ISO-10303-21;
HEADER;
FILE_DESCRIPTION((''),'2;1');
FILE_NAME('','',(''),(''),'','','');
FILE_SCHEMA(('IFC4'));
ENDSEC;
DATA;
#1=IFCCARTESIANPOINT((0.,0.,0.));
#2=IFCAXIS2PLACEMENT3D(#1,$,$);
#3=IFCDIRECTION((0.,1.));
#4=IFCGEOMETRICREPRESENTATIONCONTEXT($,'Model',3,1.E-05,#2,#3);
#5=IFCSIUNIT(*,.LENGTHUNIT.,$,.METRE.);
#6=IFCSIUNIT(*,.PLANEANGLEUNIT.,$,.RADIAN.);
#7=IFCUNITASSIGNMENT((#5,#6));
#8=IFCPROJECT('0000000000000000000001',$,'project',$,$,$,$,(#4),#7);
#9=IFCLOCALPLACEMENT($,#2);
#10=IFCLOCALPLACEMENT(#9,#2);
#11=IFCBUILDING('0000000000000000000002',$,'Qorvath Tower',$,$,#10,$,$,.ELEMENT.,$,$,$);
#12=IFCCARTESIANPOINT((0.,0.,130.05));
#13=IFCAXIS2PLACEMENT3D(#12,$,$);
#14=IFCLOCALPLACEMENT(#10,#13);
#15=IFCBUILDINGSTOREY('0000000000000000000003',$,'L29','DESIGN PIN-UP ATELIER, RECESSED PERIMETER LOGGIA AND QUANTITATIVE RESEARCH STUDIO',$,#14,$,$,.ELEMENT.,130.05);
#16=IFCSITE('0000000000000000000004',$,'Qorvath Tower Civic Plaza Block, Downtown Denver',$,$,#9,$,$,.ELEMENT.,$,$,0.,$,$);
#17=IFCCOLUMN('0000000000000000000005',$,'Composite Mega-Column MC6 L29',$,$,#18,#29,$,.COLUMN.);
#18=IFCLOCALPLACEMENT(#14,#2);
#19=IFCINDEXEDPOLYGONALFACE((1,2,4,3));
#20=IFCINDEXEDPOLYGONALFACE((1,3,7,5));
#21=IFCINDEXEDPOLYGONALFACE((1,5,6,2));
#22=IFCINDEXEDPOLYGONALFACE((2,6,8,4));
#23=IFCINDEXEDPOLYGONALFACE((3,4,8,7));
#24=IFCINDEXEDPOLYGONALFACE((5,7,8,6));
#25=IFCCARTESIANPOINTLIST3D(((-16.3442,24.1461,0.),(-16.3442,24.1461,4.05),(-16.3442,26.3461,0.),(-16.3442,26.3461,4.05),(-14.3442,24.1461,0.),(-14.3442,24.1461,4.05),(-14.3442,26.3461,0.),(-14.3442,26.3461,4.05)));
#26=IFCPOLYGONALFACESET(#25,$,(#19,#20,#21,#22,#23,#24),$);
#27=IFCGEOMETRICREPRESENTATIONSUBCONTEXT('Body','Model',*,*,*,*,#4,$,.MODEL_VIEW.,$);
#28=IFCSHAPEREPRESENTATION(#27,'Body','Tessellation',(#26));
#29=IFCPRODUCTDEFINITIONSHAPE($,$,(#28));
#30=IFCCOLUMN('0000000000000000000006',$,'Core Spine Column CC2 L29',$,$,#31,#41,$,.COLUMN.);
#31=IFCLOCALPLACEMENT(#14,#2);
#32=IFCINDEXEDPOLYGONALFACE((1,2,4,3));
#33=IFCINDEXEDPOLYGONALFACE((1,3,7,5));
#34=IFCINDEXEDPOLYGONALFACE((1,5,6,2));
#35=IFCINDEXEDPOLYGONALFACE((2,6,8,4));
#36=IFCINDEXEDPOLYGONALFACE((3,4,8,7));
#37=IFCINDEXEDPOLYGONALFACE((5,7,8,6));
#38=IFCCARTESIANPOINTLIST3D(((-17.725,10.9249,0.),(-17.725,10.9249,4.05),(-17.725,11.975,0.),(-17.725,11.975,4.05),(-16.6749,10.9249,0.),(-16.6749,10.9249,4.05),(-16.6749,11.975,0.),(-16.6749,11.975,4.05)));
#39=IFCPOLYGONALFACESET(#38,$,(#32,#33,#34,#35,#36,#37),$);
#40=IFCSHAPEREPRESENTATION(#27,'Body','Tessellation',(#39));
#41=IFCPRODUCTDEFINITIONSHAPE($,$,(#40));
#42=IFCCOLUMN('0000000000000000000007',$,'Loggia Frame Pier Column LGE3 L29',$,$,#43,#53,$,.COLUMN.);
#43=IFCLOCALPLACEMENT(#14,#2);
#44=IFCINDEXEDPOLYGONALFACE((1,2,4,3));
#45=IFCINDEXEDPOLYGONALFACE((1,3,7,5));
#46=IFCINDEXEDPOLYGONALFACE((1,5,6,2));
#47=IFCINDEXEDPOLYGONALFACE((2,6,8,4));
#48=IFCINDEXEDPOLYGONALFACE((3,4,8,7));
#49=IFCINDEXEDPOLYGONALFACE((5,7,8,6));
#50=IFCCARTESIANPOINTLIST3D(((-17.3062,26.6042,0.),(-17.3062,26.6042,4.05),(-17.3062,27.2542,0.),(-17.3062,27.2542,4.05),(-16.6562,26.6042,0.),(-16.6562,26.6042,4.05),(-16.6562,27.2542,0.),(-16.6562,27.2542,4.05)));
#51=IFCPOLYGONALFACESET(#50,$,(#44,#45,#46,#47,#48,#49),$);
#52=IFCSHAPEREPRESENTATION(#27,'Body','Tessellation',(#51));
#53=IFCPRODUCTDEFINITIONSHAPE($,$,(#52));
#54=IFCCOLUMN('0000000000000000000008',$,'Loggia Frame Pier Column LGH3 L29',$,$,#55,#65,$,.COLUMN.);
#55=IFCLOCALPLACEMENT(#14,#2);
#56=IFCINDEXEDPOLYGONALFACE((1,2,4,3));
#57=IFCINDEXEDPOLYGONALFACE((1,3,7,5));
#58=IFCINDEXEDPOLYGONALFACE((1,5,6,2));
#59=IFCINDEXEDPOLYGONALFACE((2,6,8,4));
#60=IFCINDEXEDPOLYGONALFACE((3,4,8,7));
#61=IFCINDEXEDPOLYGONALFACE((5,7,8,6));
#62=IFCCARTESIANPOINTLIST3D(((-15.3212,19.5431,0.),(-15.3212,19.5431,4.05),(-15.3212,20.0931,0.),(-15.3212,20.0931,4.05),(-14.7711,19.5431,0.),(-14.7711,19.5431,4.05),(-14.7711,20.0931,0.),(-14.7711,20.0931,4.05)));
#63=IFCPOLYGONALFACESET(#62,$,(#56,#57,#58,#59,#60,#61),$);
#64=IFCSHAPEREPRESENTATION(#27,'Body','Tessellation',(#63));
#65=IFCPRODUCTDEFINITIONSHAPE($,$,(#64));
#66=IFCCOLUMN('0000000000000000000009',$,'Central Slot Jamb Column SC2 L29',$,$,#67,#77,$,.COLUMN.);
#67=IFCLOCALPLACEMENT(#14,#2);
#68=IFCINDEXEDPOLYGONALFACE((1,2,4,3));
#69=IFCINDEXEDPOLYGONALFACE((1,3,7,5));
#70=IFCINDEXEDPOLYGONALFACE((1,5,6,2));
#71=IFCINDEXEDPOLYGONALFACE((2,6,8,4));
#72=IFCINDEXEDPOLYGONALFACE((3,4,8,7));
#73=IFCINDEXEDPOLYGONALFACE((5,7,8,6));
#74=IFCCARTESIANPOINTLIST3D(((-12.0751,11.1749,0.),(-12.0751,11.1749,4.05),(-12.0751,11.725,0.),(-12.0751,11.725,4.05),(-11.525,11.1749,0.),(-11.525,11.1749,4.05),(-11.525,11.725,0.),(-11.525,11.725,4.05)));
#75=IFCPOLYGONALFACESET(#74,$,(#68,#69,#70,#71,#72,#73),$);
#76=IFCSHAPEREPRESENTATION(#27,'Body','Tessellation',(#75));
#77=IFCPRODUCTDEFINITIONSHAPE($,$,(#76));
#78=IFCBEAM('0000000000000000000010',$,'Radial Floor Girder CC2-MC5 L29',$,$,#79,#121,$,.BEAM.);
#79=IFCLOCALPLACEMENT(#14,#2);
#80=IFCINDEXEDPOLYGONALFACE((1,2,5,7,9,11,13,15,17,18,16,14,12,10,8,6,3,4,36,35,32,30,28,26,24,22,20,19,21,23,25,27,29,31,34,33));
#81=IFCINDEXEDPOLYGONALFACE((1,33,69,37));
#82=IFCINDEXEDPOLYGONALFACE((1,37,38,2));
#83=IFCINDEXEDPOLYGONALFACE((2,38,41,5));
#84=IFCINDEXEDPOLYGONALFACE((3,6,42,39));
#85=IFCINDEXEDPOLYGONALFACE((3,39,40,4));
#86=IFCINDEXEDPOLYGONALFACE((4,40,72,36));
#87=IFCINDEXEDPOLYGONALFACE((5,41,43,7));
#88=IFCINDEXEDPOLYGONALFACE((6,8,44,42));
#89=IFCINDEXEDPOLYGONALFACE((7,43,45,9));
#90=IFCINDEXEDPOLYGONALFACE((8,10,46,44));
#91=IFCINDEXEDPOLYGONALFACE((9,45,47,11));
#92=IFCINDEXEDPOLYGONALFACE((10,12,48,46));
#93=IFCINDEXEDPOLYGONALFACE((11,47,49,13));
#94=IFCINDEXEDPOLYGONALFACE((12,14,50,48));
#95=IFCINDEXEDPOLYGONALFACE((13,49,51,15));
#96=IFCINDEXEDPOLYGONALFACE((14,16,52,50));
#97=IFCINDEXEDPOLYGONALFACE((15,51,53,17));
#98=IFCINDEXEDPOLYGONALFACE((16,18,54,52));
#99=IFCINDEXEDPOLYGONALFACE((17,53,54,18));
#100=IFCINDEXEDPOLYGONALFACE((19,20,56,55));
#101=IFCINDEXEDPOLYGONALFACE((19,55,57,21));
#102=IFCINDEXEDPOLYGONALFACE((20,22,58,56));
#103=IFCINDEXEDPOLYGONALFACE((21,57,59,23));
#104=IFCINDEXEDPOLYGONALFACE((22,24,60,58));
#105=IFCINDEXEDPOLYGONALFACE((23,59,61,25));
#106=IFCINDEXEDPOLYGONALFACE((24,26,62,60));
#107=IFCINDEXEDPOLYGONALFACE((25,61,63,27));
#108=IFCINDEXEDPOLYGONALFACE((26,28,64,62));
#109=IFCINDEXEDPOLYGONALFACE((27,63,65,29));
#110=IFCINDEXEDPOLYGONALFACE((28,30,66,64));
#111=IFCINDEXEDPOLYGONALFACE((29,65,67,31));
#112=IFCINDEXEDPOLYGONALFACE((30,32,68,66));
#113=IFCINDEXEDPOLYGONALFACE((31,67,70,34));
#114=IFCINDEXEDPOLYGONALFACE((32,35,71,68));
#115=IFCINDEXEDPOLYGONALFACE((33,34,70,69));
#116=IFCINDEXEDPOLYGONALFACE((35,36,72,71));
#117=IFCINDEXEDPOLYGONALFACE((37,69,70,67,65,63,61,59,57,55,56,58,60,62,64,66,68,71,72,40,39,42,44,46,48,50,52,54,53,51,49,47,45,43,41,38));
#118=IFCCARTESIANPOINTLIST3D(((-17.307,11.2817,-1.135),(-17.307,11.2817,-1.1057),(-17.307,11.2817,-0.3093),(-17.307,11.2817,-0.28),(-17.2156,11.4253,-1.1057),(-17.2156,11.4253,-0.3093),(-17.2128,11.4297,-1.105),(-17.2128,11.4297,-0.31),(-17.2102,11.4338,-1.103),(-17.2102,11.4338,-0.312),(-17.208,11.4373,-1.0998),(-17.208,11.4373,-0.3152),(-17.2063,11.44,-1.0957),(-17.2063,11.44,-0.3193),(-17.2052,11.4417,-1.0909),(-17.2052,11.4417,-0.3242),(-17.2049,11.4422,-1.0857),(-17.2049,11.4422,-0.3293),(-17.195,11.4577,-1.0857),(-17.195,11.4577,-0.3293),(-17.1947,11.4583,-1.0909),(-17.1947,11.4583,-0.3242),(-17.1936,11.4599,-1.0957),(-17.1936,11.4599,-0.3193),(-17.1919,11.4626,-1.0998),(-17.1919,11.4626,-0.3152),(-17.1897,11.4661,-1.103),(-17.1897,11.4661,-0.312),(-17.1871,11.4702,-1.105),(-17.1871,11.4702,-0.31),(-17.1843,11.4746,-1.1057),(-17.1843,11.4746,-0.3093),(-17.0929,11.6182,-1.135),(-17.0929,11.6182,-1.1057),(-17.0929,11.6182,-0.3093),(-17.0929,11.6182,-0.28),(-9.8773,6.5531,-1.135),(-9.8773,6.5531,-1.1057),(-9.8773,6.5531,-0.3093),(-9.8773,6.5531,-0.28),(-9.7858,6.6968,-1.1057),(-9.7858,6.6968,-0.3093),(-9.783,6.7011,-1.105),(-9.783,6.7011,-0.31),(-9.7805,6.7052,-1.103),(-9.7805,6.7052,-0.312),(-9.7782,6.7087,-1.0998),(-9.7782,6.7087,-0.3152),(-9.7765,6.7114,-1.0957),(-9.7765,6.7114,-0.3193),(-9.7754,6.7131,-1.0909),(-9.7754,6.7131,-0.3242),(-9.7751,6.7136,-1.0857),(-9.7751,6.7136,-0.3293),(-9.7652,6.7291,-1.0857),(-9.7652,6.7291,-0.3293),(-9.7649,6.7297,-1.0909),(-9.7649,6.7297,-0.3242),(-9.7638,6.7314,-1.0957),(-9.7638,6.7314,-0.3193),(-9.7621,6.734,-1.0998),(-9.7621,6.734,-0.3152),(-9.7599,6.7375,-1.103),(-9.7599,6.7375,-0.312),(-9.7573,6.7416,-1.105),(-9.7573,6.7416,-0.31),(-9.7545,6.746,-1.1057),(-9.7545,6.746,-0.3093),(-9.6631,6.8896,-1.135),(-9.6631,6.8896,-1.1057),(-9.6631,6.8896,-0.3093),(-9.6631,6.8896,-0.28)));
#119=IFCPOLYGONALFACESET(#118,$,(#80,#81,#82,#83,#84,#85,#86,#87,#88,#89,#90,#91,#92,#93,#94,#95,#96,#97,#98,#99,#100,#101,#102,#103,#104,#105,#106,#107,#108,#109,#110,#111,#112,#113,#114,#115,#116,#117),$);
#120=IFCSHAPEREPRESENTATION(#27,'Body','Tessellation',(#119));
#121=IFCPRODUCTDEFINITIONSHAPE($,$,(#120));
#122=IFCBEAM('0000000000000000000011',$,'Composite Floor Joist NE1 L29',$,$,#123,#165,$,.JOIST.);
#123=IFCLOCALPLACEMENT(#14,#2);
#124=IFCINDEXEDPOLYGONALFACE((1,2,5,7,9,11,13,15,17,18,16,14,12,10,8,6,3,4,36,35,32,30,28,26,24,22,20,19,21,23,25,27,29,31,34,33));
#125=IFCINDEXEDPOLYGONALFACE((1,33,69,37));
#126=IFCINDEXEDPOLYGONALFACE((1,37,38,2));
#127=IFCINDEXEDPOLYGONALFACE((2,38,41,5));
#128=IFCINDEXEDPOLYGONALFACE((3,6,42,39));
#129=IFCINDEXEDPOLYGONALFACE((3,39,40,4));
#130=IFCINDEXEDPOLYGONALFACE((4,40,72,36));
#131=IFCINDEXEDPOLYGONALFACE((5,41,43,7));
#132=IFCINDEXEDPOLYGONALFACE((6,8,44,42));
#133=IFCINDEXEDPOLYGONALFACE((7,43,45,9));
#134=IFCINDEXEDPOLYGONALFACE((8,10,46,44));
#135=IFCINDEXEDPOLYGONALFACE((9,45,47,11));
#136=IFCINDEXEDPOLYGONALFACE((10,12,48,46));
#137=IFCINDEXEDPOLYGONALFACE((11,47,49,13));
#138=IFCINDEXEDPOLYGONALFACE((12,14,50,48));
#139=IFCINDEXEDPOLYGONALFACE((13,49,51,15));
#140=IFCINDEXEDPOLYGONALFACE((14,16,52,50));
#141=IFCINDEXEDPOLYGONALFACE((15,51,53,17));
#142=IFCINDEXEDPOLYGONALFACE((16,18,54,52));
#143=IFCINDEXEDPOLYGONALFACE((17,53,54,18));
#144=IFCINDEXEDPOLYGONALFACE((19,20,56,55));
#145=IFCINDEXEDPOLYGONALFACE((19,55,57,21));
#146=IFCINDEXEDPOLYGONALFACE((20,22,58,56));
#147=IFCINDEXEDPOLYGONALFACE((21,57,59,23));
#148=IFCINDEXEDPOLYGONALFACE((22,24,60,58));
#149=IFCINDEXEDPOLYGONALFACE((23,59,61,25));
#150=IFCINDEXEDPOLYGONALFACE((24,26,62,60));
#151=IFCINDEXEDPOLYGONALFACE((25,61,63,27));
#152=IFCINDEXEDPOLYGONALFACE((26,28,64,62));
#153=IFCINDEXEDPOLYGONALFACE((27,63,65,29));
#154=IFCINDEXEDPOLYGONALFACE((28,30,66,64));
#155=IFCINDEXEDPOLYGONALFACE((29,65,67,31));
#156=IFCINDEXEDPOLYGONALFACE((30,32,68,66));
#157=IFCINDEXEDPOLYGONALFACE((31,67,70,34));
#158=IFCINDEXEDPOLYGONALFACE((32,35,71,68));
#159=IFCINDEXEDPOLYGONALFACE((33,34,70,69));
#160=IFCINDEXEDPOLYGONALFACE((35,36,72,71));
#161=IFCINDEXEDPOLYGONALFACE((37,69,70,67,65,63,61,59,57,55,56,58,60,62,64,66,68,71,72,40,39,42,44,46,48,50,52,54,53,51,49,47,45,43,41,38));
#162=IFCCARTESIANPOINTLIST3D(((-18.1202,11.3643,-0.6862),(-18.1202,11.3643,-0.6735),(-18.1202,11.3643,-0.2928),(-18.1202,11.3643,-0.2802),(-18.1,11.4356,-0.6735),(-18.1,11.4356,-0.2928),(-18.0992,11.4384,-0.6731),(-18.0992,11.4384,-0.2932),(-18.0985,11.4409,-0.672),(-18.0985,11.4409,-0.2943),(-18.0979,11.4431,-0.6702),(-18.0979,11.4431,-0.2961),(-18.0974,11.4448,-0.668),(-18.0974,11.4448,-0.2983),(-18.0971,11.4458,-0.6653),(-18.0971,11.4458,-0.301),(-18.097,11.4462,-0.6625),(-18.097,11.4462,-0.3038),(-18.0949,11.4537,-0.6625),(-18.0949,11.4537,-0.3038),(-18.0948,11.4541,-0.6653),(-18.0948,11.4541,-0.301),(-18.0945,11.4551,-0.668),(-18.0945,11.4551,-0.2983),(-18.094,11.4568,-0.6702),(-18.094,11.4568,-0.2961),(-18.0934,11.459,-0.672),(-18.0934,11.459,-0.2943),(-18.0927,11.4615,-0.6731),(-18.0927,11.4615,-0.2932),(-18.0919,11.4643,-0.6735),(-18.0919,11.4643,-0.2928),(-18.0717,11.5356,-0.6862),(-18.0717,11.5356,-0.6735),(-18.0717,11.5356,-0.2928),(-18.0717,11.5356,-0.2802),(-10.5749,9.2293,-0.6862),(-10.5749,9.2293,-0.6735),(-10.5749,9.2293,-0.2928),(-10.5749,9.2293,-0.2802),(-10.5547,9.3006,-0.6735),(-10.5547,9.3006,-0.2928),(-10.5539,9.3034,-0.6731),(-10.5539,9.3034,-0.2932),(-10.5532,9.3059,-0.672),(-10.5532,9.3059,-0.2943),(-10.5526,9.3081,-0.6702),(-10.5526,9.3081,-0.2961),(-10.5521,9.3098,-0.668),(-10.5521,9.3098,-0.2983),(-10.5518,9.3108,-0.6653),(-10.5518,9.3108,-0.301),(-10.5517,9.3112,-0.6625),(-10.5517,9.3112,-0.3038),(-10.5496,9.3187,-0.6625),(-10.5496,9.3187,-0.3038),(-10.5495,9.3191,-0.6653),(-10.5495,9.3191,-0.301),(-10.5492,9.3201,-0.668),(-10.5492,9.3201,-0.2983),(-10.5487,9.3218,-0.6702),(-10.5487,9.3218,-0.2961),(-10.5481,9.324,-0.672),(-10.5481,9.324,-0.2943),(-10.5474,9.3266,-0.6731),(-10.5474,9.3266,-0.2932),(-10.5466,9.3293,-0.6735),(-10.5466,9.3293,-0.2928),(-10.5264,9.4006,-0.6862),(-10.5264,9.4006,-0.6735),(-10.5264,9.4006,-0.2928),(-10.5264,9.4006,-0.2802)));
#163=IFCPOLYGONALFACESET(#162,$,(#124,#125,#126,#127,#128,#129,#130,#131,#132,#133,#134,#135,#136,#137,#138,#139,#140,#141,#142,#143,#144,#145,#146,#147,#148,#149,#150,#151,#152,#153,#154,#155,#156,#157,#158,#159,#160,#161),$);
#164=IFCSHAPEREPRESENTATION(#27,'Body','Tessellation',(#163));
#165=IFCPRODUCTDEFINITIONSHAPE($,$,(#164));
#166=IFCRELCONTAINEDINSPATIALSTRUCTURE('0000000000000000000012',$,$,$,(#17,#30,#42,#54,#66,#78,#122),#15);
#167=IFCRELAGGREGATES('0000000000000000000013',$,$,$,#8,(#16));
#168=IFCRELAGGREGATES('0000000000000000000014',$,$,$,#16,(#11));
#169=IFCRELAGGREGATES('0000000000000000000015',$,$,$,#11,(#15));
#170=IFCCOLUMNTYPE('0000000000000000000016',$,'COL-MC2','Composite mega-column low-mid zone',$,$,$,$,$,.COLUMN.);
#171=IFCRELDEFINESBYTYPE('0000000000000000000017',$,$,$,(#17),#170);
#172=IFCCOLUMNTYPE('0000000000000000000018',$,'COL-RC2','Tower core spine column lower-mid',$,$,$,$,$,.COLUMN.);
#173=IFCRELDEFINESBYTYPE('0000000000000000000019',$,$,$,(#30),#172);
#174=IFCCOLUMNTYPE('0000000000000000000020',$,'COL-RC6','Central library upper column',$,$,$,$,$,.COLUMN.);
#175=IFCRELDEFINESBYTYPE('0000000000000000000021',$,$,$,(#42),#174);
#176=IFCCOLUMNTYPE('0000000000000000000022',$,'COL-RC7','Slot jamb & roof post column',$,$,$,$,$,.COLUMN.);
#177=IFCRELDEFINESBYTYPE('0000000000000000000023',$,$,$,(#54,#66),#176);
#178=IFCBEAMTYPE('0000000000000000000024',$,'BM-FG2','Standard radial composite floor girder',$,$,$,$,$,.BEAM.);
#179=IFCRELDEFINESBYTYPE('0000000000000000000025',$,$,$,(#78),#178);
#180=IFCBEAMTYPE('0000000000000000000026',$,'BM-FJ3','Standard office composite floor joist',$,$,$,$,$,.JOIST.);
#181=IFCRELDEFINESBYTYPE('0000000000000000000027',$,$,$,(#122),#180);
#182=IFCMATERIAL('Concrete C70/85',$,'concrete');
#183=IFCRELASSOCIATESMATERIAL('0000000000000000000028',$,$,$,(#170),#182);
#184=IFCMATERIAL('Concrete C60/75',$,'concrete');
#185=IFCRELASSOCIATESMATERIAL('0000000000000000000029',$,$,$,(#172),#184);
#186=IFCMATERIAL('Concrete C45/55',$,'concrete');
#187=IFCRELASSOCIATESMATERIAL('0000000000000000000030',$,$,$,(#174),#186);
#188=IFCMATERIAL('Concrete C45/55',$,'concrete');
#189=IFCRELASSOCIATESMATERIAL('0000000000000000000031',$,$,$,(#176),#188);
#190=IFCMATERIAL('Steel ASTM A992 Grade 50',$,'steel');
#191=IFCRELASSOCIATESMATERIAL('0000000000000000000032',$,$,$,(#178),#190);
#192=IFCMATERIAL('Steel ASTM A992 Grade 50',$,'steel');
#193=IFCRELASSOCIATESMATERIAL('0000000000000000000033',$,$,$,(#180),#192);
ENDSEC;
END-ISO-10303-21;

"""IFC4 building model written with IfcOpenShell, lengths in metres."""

from ifc_helpers import new_model, si_unit, direction, frame, origin, origin_2d, place, context, subcontext, project, spatial, rectangle, i_section, extrude, material, material_profile, profile_set, type_object, element, save


model = new_model("IFC4")

# Units and contexts
model_context = context("Model", 3, precision=1e-05, world=origin(), true_north=direction((0.0, 1.0)))
body_context = subcontext(model_context, "Body", "Model", "MODEL_VIEW")
ifc_project = project(units=[si_unit("LENGTHUNIT", "METRE"), si_unit("PLANEANGLEUNIT", "RADIAN")], contexts=[model_context])

# Site, building, storey
site_placement = place(None, origin())
site = spatial("IfcSite", under=ifc_project, at=site_placement, Name="Qorvath Tower Civic Plaza Block, Downtown Denver", CompositionType="ELEMENT", RefElevation=0.0)
building_placement = place(site_placement, origin())
building = spatial("IfcBuilding", under=site, at=building_placement, Name="Qorvath Tower", CompositionType="ELEMENT")
storey_placement = place(building_placement, frame((0.0, 0.0, 130.05)))
storey = spatial("IfcBuildingStorey", under=building, at=storey_placement, Name="L29", Description="DESIGN PIN-UP ATELIER, RECESSED PERIMETER LOGGIA AND QUANTITATIVE RESEARCH STUDIO", CompositionType="ELEMENT", Elevation=130.05)

# Columns
ifc_material_1 = material(Name="Concrete C70/85", Category="concrete")
ifc_material_profile_1 = material_profile(ifc_material_1, rectangle(XDim=2.0, YDim=2.2, at=origin_2d()), Name="MC 2200x2000")
ifc_profile_set_1 = profile_set([ifc_material_profile_1], Name="Concrete C70/85")
column_type_1 = type_object("IfcColumnType", Name="COL-MC2", Description="Composite mega-column low-mid zone", PredefinedType="COLUMN", material=ifc_profile_set_1)
column_1_placement = place(storey_placement, frame((-15.3442, 25.2461, 0.0), z_axis=(0.0, 0.0, 1.0), x_axis=(1.0, 0.0, 0.0)))
element("IfcColumn", 1, at=column_1_placement, inside=storey, type_object=column_type_1, Name="Composite Mega-Column MC6 L29", PredefinedType="COLUMN", context=body_context, shape_type="SweptSolid", body=[
    extrude(rectangle(XDim=2.0, YDim=2.2, at=origin_2d()), origin(), (0.0, 0.0, 1.0), 4.05),
])
ifc_material_2 = material(Name="Concrete C60/75", Category="concrete")
ifc_material_profile_2 = material_profile(ifc_material_2, rectangle(XDim=1.05, YDim=1.05, at=origin_2d()), Name="RC 1050x1050")
ifc_profile_set_2 = profile_set([ifc_material_profile_2], Name="Concrete C60/75")
column_type_2 = type_object("IfcColumnType", Name="COL-RC2", Description="Tower core spine column lower-mid", PredefinedType="COLUMN", material=ifc_profile_set_2)
column_2_placement = place(storey_placement, frame((-17.2, 11.45, 0.0), z_axis=(0.0, 0.0, 1.0), x_axis=(1.0, 0.0, 0.0)))
element("IfcColumn", 2, at=column_2_placement, inside=storey, type_object=column_type_2, Name="Core Spine Column CC2 L29", PredefinedType="COLUMN", context=body_context, shape_type="SweptSolid", body=[
    extrude(rectangle(XDim=1.05, YDim=1.05, at=origin_2d()), origin(), (0.0, 0.0, 1.0), 4.05),
])
ifc_material_3 = material(Name="Concrete C45/55", Category="concrete")
ifc_material_profile_3 = material_profile(ifc_material_3, rectangle(XDim=0.6499, YDim=0.6499, at=origin_2d()), Name="RC 650x650")
ifc_profile_set_3 = profile_set([ifc_material_profile_3], Name="Concrete C45/55")
column_type_3 = type_object("IfcColumnType", Name="COL-RC6", Description="Central library upper column", PredefinedType="COLUMN", material=ifc_profile_set_3)
column_3_placement = place(storey_placement, frame((-16.9812, 26.9292, 0.0), z_axis=(0.0, 0.0, 1.0), x_axis=(1.0, 0.0, 0.0)))
element("IfcColumn", 3, at=column_3_placement, inside=storey, type_object=column_type_3, Name="Loggia Frame Pier Column LGE3 L29", PredefinedType="COLUMN", context=body_context, shape_type="SweptSolid", body=[
    extrude(rectangle(XDim=0.6499, YDim=0.6499, at=origin_2d()), origin(), (0.0, 0.0, 1.0), 4.05),
])
ifc_material_4 = material(Name="Concrete C45/55", Category="concrete")
ifc_material_profile_4 = material_profile(ifc_material_4, rectangle(XDim=0.55, YDim=0.55, at=origin_2d()), Name="RC 550x550")
ifc_profile_set_4 = profile_set([ifc_material_profile_4], Name="Concrete C45/55")
column_type_4 = type_object("IfcColumnType", Name="COL-RC7", Description="Slot jamb & roof post column", PredefinedType="COLUMN", material=ifc_profile_set_4)
for number, where, z_axis, x_axis, name in (
    (4, (-15.0461, 19.8181, 0.0), (0.0, 0.0, 1.0), (1.0, 0.0, 0.0), "Loggia Frame Pier Column LGH3 L29"),
    (5, (-11.8, 11.45, 0.0), (0.0, 0.0, 1.0), (1.0, 0.0, 0.0), "Central Slot Jamb Column SC2 L29"),
):
    element("IfcColumn", number, at=place(storey_placement, frame(where, z_axis=z_axis, x_axis=x_axis)), inside=storey, type_object=column_type_4, Name=name, PredefinedType="COLUMN", context=body_context, shape_type="SweptSolid", body=[
        extrude(rectangle(XDim=0.55, YDim=0.55, at=origin_2d()), origin(), (0.0, 0.0, 1.0), 4.05),
    ])

# Beams
ifc_material_5 = material(Name="Steel ASTM A992 Grade 50", Category="steel")
ifc_material_profile_5 = material_profile(ifc_material_5, i_section(OverallWidth=0.3989, OverallDepth=0.855, WebThickness=0.0183, FlangeThickness=0.0293, FilletRadius=0.02, at=origin_2d()), Name="W33x201")
ifc_profile_set_5 = profile_set([ifc_material_profile_5], Name="Steel ASTM A992 Grade 50")
beam_type_1 = type_object("IfcBeamType", Name="BM-FG2", Description="Standard radial composite floor girder", PredefinedType="BEAM", material=ifc_profile_set_5)
beam_1_placement = place(storey_placement, frame((-17.2, 11.45, -0.7075), z_axis=(0.843634, -0.536919, 0.0), x_axis=(0.536919, 0.843634, 0.0)))
element("IfcBeam", 6, at=beam_1_placement, inside=storey, type_object=beam_type_1, Name="Radial Floor Girder CC2-MC5 L29", PredefinedType="BEAM", context=body_context, shape_type="SweptSolid", body=[
    extrude(i_section(OverallWidth=0.3989, OverallDepth=0.855, WebThickness=0.0183, FlangeThickness=0.0293, FilletRadius=0.02, at=origin_2d()), origin(), (0.0, 0.0, 1.0), 8.8069),
])
ifc_material_6 = material(Name="Steel ASTM A992 Grade 50", Category="steel")
ifc_material_profile_6 = material_profile(ifc_material_6, i_section(OverallWidth=0.178, OverallDepth=0.406, WebThickness=0.0078, FlangeThickness=0.0127, FilletRadius=0.011, at=origin_2d()), Name="W16x40")
ifc_profile_set_6 = profile_set([ifc_material_profile_6], Name="Steel ASTM A992 Grade 50")
beam_type_2 = type_object("IfcBeamType", Name="BM-FJ3", Description="Standard office composite floor joist", PredefinedType="JOIST", material=ifc_profile_set_6)
beam_2_placement = place(storey_placement, frame((-18.0959, 11.45, -0.4832), z_axis=(0.962222, -0.272265, 0.0), x_axis=(0.272265, 0.962222, 0.0)))
element("IfcBeam", 7, at=beam_2_placement, inside=storey, type_object=beam_type_2, Name="Composite Floor Joist NE1 L29", PredefinedType="JOIST", context=body_context, shape_type="SweptSolid", body=[
    extrude(i_section(OverallWidth=0.178, OverallDepth=0.406, WebThickness=0.0078, FlangeThickness=0.0127, FilletRadius=0.011, at=origin_2d()), origin(), (0.0, 0.0, 1.0), 7.8416),
])

save(model, "model.ifc")
